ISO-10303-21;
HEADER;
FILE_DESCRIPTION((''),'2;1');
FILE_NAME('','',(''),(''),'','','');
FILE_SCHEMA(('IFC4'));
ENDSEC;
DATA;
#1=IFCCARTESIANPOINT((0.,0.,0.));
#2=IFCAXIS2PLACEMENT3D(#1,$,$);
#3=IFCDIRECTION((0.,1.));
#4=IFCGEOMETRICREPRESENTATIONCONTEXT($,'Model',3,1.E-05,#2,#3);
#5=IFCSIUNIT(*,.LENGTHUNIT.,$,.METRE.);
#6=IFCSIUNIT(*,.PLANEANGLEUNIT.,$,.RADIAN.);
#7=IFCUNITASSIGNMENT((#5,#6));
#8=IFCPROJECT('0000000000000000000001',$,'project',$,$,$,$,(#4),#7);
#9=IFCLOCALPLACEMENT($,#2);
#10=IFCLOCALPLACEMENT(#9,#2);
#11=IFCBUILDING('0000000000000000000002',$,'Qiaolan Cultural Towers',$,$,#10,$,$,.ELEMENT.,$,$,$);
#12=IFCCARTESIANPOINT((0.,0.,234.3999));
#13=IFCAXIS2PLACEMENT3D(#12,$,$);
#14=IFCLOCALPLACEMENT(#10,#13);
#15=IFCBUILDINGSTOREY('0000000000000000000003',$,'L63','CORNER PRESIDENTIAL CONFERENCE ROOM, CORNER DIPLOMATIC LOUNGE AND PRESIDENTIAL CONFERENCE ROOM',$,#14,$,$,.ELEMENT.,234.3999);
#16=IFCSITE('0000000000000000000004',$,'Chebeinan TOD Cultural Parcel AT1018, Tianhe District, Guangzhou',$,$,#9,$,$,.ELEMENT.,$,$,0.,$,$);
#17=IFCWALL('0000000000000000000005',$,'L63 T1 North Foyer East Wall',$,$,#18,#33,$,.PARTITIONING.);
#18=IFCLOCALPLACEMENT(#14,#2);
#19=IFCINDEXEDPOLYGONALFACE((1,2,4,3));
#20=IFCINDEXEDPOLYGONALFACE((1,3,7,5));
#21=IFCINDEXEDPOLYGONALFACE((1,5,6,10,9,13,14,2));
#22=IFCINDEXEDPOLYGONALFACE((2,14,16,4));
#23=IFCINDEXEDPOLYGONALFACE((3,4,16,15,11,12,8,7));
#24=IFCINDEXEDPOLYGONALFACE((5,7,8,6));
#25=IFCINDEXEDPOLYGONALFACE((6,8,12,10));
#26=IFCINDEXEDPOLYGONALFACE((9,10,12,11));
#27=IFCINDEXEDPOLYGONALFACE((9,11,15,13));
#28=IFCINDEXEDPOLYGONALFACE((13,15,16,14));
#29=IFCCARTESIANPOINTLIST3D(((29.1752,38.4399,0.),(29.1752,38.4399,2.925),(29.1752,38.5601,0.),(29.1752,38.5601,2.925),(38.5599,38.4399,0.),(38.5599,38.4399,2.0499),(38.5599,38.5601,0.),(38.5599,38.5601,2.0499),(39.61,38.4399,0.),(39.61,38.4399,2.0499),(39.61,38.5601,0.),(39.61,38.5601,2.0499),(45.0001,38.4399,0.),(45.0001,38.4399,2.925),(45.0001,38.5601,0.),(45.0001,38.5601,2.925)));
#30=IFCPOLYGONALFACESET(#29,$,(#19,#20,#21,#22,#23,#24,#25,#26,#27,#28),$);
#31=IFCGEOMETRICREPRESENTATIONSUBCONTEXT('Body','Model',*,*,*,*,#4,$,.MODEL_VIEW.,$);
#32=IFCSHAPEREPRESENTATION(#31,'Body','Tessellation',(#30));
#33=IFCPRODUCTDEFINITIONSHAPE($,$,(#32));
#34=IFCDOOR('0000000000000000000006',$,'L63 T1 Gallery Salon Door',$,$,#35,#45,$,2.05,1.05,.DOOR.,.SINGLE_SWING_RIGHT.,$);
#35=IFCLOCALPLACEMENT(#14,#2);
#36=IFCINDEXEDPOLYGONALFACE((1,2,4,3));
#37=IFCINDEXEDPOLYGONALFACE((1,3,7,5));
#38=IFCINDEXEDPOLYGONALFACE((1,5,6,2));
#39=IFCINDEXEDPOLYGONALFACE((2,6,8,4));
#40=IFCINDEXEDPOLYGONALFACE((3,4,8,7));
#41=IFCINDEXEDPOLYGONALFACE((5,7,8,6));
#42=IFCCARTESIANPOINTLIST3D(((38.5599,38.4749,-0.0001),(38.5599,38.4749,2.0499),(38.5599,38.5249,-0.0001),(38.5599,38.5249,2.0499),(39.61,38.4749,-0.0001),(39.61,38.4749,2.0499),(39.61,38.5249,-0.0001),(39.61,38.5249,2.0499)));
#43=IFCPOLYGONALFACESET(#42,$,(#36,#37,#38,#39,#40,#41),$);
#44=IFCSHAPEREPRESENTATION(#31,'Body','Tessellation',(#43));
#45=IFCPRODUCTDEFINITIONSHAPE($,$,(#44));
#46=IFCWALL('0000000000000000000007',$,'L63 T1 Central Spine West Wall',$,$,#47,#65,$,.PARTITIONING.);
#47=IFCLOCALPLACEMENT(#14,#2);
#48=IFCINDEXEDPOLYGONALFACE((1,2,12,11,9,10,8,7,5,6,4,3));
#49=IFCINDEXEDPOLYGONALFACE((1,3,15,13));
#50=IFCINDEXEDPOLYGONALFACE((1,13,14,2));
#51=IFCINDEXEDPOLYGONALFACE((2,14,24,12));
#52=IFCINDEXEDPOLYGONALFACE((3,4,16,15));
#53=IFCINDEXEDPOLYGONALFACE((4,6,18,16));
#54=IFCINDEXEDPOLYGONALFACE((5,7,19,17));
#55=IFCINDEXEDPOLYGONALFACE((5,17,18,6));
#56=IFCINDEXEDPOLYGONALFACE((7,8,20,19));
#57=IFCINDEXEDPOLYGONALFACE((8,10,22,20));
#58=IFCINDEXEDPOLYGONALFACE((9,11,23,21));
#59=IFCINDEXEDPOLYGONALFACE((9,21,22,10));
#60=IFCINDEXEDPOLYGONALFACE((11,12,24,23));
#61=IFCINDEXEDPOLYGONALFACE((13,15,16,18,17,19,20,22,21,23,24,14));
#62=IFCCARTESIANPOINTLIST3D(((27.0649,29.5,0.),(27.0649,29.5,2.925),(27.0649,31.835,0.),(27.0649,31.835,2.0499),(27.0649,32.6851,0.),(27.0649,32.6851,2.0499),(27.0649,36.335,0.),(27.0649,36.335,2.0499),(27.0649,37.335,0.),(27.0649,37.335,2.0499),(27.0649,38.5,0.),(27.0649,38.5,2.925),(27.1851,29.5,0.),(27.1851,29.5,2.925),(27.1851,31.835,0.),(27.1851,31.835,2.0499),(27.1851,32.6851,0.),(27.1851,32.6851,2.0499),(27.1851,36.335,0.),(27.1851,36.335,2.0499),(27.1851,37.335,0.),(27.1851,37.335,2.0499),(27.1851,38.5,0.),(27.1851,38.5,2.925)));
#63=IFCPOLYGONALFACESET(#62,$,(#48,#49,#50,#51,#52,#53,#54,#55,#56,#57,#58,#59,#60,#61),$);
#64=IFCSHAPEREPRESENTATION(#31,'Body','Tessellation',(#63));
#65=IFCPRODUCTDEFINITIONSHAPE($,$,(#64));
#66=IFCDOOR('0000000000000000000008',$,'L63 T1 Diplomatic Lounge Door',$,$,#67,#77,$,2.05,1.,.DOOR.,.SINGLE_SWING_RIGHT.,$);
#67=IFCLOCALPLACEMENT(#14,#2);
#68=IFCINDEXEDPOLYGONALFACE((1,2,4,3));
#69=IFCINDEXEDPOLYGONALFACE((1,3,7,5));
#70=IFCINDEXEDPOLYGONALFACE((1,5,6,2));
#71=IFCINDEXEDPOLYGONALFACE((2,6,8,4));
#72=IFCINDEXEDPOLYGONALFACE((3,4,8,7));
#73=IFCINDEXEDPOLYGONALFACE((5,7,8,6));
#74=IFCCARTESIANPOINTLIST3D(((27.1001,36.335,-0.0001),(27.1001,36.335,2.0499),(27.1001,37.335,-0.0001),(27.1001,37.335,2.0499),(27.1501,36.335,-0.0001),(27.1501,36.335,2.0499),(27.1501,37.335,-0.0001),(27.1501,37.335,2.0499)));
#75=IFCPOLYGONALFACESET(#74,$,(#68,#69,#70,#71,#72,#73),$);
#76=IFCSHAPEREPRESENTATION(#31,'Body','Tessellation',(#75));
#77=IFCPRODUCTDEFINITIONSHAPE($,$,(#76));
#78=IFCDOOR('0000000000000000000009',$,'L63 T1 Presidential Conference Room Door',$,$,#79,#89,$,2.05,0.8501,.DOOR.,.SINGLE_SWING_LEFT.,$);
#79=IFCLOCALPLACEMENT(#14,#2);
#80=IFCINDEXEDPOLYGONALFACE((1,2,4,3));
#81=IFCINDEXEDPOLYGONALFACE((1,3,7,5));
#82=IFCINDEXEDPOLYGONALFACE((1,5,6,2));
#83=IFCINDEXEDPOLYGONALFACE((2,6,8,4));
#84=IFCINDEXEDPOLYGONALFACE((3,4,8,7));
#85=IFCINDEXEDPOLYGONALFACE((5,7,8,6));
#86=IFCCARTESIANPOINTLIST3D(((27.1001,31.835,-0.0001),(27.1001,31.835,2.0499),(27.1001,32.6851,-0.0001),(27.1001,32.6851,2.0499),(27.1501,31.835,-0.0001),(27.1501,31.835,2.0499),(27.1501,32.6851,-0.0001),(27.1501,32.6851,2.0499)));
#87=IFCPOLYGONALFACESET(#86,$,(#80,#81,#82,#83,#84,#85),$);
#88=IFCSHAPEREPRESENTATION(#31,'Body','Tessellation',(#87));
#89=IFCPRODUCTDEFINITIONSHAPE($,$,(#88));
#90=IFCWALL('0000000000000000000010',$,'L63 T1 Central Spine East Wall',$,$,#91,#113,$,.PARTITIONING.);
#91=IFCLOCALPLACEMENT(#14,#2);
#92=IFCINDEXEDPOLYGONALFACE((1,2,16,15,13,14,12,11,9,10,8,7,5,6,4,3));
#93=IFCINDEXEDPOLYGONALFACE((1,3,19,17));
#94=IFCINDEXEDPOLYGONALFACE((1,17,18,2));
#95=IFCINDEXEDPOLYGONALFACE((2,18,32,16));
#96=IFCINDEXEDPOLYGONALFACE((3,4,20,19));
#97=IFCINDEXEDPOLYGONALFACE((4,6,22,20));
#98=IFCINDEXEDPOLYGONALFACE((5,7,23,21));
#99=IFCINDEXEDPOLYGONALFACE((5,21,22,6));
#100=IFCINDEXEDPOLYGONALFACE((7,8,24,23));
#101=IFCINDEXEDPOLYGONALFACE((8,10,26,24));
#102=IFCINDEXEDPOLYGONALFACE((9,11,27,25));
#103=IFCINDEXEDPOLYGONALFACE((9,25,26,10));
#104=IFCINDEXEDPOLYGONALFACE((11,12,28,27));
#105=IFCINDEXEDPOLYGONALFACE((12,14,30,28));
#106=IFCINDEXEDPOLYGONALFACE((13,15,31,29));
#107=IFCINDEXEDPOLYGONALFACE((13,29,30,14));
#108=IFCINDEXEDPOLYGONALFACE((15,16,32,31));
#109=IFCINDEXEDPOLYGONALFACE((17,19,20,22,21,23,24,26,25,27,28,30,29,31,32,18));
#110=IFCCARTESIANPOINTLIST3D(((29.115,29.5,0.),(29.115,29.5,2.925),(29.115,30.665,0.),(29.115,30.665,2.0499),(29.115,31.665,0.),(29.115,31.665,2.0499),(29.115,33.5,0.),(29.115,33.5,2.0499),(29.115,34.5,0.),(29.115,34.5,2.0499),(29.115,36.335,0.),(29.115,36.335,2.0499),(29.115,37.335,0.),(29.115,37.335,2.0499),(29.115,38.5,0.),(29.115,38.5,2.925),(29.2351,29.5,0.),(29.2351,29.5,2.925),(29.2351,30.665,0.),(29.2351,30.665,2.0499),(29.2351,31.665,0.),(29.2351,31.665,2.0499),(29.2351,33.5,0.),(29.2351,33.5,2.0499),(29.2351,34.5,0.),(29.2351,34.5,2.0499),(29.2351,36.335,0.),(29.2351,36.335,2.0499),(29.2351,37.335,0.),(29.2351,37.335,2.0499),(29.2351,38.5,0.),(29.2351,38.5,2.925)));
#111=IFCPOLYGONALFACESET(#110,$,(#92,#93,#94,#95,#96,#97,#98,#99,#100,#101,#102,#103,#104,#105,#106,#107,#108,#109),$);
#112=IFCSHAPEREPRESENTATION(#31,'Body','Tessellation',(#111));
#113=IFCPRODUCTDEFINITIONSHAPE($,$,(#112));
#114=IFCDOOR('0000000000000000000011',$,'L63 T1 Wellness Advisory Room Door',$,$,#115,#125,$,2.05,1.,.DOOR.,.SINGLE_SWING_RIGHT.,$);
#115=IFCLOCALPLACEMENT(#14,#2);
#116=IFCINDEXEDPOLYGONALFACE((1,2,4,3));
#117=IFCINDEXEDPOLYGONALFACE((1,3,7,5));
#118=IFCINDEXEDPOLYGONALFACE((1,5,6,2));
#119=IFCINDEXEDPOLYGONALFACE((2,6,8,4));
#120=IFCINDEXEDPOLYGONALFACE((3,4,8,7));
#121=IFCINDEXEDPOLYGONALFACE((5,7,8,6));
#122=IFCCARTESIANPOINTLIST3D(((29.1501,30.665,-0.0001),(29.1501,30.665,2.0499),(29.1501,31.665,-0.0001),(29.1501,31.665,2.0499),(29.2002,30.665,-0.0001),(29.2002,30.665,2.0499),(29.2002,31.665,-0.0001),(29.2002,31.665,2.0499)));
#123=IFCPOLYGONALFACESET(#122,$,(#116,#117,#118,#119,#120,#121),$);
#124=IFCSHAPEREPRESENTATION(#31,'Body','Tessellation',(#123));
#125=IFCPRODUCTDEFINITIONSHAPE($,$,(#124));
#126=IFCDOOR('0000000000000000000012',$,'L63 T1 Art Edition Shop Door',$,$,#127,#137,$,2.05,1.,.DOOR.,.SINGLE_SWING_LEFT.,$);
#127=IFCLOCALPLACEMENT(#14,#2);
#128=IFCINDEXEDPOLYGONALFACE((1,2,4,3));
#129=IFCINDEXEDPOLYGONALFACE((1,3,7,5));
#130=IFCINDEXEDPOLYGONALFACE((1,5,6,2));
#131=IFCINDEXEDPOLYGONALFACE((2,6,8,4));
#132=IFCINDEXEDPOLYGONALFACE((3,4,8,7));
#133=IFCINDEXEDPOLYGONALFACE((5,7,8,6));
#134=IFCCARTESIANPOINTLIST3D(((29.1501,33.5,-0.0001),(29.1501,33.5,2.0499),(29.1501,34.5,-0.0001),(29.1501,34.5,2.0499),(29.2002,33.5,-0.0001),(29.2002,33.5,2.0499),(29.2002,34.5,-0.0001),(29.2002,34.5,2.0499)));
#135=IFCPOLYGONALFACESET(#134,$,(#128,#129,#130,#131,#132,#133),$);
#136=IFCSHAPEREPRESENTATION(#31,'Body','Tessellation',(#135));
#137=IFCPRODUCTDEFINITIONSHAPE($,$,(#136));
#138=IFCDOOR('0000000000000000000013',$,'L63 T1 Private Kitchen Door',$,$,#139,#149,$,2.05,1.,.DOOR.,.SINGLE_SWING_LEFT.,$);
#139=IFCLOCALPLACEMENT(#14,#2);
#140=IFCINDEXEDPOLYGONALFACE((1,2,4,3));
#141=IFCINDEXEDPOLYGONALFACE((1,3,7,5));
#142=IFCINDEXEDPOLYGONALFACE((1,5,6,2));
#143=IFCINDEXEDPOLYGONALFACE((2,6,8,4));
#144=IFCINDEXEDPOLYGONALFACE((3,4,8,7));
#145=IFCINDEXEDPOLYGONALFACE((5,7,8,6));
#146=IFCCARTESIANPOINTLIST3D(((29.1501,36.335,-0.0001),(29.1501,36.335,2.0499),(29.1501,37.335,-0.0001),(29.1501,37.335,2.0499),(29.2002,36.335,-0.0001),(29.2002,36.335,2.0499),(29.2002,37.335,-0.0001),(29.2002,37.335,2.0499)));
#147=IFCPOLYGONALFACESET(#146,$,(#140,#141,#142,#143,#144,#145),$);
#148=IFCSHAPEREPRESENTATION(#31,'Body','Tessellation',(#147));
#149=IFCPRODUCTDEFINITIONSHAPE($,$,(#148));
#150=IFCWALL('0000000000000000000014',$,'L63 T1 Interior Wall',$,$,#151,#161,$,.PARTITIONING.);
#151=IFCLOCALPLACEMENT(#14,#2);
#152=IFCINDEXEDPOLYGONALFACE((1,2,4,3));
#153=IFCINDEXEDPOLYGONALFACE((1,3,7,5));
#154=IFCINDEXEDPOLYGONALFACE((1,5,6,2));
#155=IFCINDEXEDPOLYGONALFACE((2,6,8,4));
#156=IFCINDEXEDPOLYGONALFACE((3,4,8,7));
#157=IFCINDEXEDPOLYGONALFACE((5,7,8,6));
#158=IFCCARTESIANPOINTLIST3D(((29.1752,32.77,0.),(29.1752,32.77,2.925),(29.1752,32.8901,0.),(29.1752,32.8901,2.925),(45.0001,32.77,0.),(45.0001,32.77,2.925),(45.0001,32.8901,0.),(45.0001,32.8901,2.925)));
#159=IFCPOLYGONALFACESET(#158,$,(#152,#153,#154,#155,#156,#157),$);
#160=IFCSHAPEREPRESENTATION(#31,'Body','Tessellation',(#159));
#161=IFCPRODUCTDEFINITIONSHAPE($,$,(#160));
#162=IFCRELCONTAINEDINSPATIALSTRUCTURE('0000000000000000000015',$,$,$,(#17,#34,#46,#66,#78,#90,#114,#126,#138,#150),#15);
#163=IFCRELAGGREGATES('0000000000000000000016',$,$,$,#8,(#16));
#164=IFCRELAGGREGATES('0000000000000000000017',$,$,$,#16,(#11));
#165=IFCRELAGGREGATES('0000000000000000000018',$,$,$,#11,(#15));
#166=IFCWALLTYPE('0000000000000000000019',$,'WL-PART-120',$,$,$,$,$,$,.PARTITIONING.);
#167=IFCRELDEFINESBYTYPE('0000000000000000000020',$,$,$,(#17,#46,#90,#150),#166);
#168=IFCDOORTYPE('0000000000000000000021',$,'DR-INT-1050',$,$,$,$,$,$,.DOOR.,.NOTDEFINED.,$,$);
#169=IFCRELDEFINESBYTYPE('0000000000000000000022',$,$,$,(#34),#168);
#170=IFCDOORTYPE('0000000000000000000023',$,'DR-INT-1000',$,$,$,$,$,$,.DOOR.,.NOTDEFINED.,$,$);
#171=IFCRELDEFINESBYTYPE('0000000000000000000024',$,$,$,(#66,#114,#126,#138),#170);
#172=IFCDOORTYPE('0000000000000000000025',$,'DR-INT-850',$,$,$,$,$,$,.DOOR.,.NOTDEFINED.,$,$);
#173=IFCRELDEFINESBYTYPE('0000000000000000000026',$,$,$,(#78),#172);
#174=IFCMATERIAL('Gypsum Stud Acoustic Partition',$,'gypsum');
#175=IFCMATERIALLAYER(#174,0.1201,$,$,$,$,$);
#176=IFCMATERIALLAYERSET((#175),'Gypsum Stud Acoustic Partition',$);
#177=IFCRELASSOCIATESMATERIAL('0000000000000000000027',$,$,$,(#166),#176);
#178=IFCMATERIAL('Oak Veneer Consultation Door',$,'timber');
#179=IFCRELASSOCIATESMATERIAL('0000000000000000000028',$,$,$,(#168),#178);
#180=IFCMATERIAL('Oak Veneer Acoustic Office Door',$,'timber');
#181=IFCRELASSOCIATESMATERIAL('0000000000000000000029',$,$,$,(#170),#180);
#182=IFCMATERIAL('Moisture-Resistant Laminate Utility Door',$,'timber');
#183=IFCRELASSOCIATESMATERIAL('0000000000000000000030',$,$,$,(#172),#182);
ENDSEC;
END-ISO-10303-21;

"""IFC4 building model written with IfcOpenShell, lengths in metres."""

from ifc_helpers import new_model, si_unit, direction, frame, frame_2d, origin, place, context, subcontext, project, spatial, rectangle, extrude, material, layer, layer_set, type_object, element, fill, save


model = new_model("IFC4")

# Units and contexts
model_context = context("Model", 3, precision=1e-05, world=origin(), true_north=direction((0.0, 1.0)))
body_context = subcontext(model_context, "Body", "Model", "MODEL_VIEW")
ifc_project = project(units=[si_unit("LENGTHUNIT", "METRE"), si_unit("PLANEANGLEUNIT", "RADIAN")], contexts=[model_context])

# Site, building, storey
site_placement = place(None, origin())
site = spatial("IfcSite", under=ifc_project, at=site_placement, Name="Chebeinan TOD Cultural Parcel AT1018, Tianhe District, Guangzhou", CompositionType="ELEMENT", RefElevation=0.0)
building_placement = place(site_placement, origin())
building = spatial("IfcBuilding", under=site, at=building_placement, Name="Qiaolan Cultural Towers", CompositionType="ELEMENT")
storey_placement = place(building_placement, frame((0.0, 0.0, 234.3999)))
storey = spatial("IfcBuildingStorey", under=building, at=storey_placement, Name="L63", Description="CORNER PRESIDENTIAL CONFERENCE ROOM, CORNER DIPLOMATIC LOUNGE AND PRESIDENTIAL CONFERENCE ROOM", CompositionType="ELEMENT", Elevation=234.3999)

# Shared definitions
ifc_material_1 = material(Name="Gypsum Stud Acoustic Partition", Category="gypsum")
ifc_layer_1 = layer(ifc_material_1, 0.1201)
ifc_layer_set_1 = layer_set([ifc_layer_1], Name="Gypsum Stud Acoustic Partition")
wall_type_1 = type_object("IfcWallType", Name="WL-PART-120", PredefinedType="PARTITIONING", material=ifc_layer_set_1)

# Wall, opening, door
wall_1_placement = place(storey_placement, frame((29.175, 38.5, 0.0), z_axis=(0.0, 0.0, 1.0), x_axis=(1.0, 0.0, 0.0)))
wall_1 = element("IfcWall", 1, at=wall_1_placement, inside=storey, type_object=wall_type_1, Name="L63 T1 North Foyer East Wall", PredefinedType="PARTITIONING", context=body_context, shape_type="SweptSolid", body=[
    extrude(rectangle(XDim=15.825, YDim=0.1201, at=frame_2d((7.9126, 0.0))), origin(), (0.0, 0.0, 1.0), 2.925),
])
opening_1_placement = place(wall_1_placement, frame((9.385, 0.0, 0.0)))
opening_1 = element("IfcOpeningElement", 2, at=opening_1_placement, cuts=wall_1, PredefinedType="OPENING", context=body_context, shape_type="SweptSolid", body=[
    extrude(rectangle(XDim=1.05, YDim=2.05, at=frame_2d((0.5249, 1.0249))), frame((0.0, 0.0701, 0.0), z_axis=(0.0, -1.0, 0.0), x_axis=(1.0, 0.0, 0.0)), (0.0, 0.0, 1.0), 0.1401),
])
ifc_material_2 = material(Name="Oak Veneer Consultation Door", Category="timber")
door_type_1 = type_object("IfcDoorType", Name="DR-INT-1050", OperationType="NOTDEFINED", PredefinedType="DOOR", material=ifc_material_2)
door_1_placement = place(opening_1_placement, origin())
door_1 = element("IfcDoor", 3, at=door_1_placement, inside=storey, type_object=door_type_1, Name="L63 T1 Gallery Salon Door", OperationType="SINGLE_SWING_RIGHT", OverallHeight=2.05, OverallWidth=1.05, PredefinedType="DOOR", context=body_context, shape_type="SweptSolid", body=[
    extrude(rectangle(XDim=1.05, YDim=2.05, at=frame_2d((0.5249, 1.0249))), frame((0.0, 0.0249, 0.0), z_axis=(0.0, -1.0, 0.0), x_axis=(1.0, 0.0, 0.0)), (0.0, 0.0, 1.0), 0.05),
])
fill(opening_1, door_1)

# Walls, openings, doors
wall_2_placement = place(storey_placement, frame((27.125, 29.5, 0.0), z_axis=(0.0, 0.0, 1.0), x_axis=(0.0, 1.0, 0.0)))
wall_2 = element("IfcWall", 4, at=wall_2_placement, inside=storey, type_object=wall_type_1, Name="L63 T1 Central Spine West Wall", PredefinedType="PARTITIONING", context=body_context, shape_type="SweptSolid", body=[
    extrude(rectangle(XDim=9.0, YDim=0.1201, at=frame_2d((4.5, 0.0))), origin(), (0.0, 0.0, 1.0), 2.925),
])
opening_2_placement = place(wall_2_placement, frame((2.335, 0.0, 0.0)))
opening_2 = element("IfcOpeningElement", 5, at=opening_2_placement, cuts=wall_2, PredefinedType="OPENING", context=body_context, shape_type="SweptSolid", body=[
    extrude(rectangle(XDim=0.8501, YDim=2.05, at=frame_2d((0.425, 1.0249))), frame((0.0, 0.0701, 0.0), z_axis=(0.0, -1.0, 0.0), x_axis=(1.0, 0.0, 0.0)), (0.0, 0.0, 1.0), 0.1401),
])
opening_3_placement = place(wall_2_placement, frame((6.835, 0.0, 0.0)))
opening_3 = element("IfcOpeningElement", 6, at=opening_3_placement, cuts=wall_2, PredefinedType="OPENING", context=body_context, shape_type="SweptSolid", body=[
    extrude(rectangle(XDim=1.0, YDim=2.05, at=frame_2d((0.5, 1.0249))), frame((0.0, 0.0701, 0.0), z_axis=(0.0, -1.0, 0.0), x_axis=(1.0, 0.0, 0.0)), (0.0, 0.0, 1.0), 0.1401),
])
ifc_material_3 = material(Name="Oak Veneer Acoustic Office Door", Category="timber")
door_type_2 = type_object("IfcDoorType", Name="DR-INT-1000", OperationType="NOTDEFINED", PredefinedType="DOOR", material=ifc_material_3)
door_2_placement = place(opening_3_placement, origin())
door_2 = element("IfcDoor", 7, at=door_2_placement, inside=storey, type_object=door_type_2, Name="L63 T1 Diplomatic Lounge Door", OperationType="SINGLE_SWING_RIGHT", OverallHeight=2.05, OverallWidth=1.0, PredefinedType="DOOR", context=body_context, shape_type="SweptSolid", body=[
    extrude(rectangle(XDim=1.0, YDim=2.05, at=frame_2d((0.5, 1.0249))), frame((0.0, 0.0249, 0.0), z_axis=(0.0, -1.0, 0.0), x_axis=(1.0, 0.0, 0.0)), (0.0, 0.0, 1.0), 0.05),
])
fill(opening_3, door_2)
ifc_material_4 = material(Name="Moisture-Resistant Laminate Utility Door", Category="timber")
door_type_3 = type_object("IfcDoorType", Name="DR-INT-850", OperationType="NOTDEFINED", PredefinedType="DOOR", material=ifc_material_4)
door_3_placement = place(opening_2_placement, origin())
door_3 = element("IfcDoor", 8, at=door_3_placement, inside=storey, type_object=door_type_3, Name="L63 T1 Presidential Conference Room Door", OperationType="SINGLE_SWING_LEFT", OverallHeight=2.05, OverallWidth=0.8501, PredefinedType="DOOR", context=body_context, shape_type="SweptSolid", body=[
    extrude(rectangle(XDim=0.8501, YDim=2.05, at=frame_2d((0.425, 1.0249))), frame((0.0, 0.0249, 0.0), z_axis=(0.0, -1.0, 0.0), x_axis=(1.0, 0.0, 0.0)), (0.0, 0.0, 1.0), 0.05),
])
fill(opening_2, door_3)
wall_3_placement = place(storey_placement, frame((29.175, 29.5, 0.0), z_axis=(0.0, 0.0, 1.0), x_axis=(0.0, 1.0, 0.0)))
wall_3 = element("IfcWall", 9, at=wall_3_placement, inside=storey, type_object=wall_type_1, Name="L63 T1 Central Spine East Wall", PredefinedType="PARTITIONING", context=body_context, shape_type="SweptSolid", body=[
    extrude(rectangle(XDim=9.0, YDim=0.1201, at=frame_2d((4.5, 0.0))), origin(), (0.0, 0.0, 1.0), 2.925),
])
opening_4_placement = place(wall_3_placement, frame((1.165, 0.0, 0.0)))
opening_4 = element("IfcOpeningElement", 10, at=opening_4_placement, cuts=wall_3, PredefinedType="OPENING", context=body_context, shape_type="SweptSolid", body=[
    extrude(rectangle(XDim=1.0, YDim=2.05, at=frame_2d((0.5, 1.0249))), frame((0.0, 0.0701, 0.0), z_axis=(0.0, -1.0, 0.0), x_axis=(1.0, 0.0, 0.0)), (0.0, 0.0, 1.0), 0.1401),
])
opening_5_placement = place(wall_3_placement, frame((4.0, 0.0, 0.0)))
opening_5 = element("IfcOpeningElement", 11, at=opening_5_placement, cuts=wall_3, PredefinedType="OPENING", context=body_context, shape_type="SweptSolid", body=[
    extrude(rectangle(XDim=1.0, YDim=2.05, at=frame_2d((0.5, 1.0249))), frame((0.0, 0.0701, 0.0), z_axis=(0.0, -1.0, 0.0), x_axis=(1.0, 0.0, 0.0)), (0.0, 0.0, 1.0), 0.1401),
])
opening_6_placement = place(wall_3_placement, frame((6.835, 0.0, 0.0)))
opening_6 = element("IfcOpeningElement", 12, at=opening_6_placement, cuts=wall_3, PredefinedType="OPENING", context=body_context, shape_type="SweptSolid", body=[
    extrude(rectangle(XDim=1.0, YDim=2.05, at=frame_2d((0.5, 1.0249))), frame((0.0, 0.0701, 0.0), z_axis=(0.0, -1.0, 0.0), x_axis=(1.0, 0.0, 0.0)), (0.0, 0.0, 1.0), 0.1401),
])
door_4_placement = place(opening_4_placement, origin())
door_4 = element("IfcDoor", 13, at=door_4_placement, inside=storey, type_object=door_type_2, Name="L63 T1 Wellness Advisory Room Door", OperationType="SINGLE_SWING_RIGHT", OverallHeight=2.05, OverallWidth=1.0, PredefinedType="DOOR", context=body_context, shape_type="SweptSolid", body=[
    extrude(rectangle(XDim=1.0, YDim=2.05, at=frame_2d((0.5, 1.0249))), frame((0.0, 0.0249, 0.0), z_axis=(0.0, -1.0, 0.0), x_axis=(1.0, 0.0, 0.0)), (0.0, 0.0, 1.0), 0.05),
])
fill(opening_4, door_4)
door_5_placement = place(opening_5_placement, origin())
door_5 = element("IfcDoor", 14, at=door_5_placement, inside=storey, type_object=door_type_2, Name="L63 T1 Art Edition Shop Door", OperationType="SINGLE_SWING_LEFT", OverallHeight=2.05, OverallWidth=1.0, PredefinedType="DOOR", context=body_context, shape_type="SweptSolid", body=[
    extrude(rectangle(XDim=1.0, YDim=2.05, at=frame_2d((0.5, 1.0249))), frame((0.0, 0.0249, 0.0), z_axis=(0.0, -1.0, 0.0), x_axis=(1.0, 0.0, 0.0)), (0.0, 0.0, 1.0), 0.05),
])
fill(opening_5, door_5)
door_6_placement = place(opening_6_placement, origin())
door_6 = element("IfcDoor", 15, at=door_6_placement, inside=storey, type_object=door_type_2, Name="L63 T1 Private Kitchen Door", OperationType="SINGLE_SWING_LEFT", OverallHeight=2.05, OverallWidth=1.0, PredefinedType="DOOR", context=body_context, shape_type="SweptSolid", body=[
    extrude(rectangle(XDim=1.0, YDim=2.05, at=frame_2d((0.5, 1.0249))), frame((0.0, 0.0249, 0.0), z_axis=(0.0, -1.0, 0.0), x_axis=(1.0, 0.0, 0.0)), (0.0, 0.0, 1.0), 0.05),
])
fill(opening_6, door_6)

# Wall
for number, where, z_axis, x_axis, name in (
    (16, (29.175, 32.8301, 0.0), (0.0, 0.0, 1.0), (1.0, 0.0, 0.0), "L63 T1 Interior Wall"),
):
    element("IfcWall", number, at=place(storey_placement, frame(where, z_axis=z_axis, x_axis=x_axis)), inside=storey, type_object=wall_type_1, Name=name, PredefinedType="PARTITIONING", context=body_context, shape_type="SweptSolid", body=[
        extrude(rectangle(XDim=15.825, YDim=0.1201, at=frame_2d((7.9126, 0.0))), origin(), (0.0, 0.0, 1.0), 2.925),
    ])

save(model, "model.ifc")
